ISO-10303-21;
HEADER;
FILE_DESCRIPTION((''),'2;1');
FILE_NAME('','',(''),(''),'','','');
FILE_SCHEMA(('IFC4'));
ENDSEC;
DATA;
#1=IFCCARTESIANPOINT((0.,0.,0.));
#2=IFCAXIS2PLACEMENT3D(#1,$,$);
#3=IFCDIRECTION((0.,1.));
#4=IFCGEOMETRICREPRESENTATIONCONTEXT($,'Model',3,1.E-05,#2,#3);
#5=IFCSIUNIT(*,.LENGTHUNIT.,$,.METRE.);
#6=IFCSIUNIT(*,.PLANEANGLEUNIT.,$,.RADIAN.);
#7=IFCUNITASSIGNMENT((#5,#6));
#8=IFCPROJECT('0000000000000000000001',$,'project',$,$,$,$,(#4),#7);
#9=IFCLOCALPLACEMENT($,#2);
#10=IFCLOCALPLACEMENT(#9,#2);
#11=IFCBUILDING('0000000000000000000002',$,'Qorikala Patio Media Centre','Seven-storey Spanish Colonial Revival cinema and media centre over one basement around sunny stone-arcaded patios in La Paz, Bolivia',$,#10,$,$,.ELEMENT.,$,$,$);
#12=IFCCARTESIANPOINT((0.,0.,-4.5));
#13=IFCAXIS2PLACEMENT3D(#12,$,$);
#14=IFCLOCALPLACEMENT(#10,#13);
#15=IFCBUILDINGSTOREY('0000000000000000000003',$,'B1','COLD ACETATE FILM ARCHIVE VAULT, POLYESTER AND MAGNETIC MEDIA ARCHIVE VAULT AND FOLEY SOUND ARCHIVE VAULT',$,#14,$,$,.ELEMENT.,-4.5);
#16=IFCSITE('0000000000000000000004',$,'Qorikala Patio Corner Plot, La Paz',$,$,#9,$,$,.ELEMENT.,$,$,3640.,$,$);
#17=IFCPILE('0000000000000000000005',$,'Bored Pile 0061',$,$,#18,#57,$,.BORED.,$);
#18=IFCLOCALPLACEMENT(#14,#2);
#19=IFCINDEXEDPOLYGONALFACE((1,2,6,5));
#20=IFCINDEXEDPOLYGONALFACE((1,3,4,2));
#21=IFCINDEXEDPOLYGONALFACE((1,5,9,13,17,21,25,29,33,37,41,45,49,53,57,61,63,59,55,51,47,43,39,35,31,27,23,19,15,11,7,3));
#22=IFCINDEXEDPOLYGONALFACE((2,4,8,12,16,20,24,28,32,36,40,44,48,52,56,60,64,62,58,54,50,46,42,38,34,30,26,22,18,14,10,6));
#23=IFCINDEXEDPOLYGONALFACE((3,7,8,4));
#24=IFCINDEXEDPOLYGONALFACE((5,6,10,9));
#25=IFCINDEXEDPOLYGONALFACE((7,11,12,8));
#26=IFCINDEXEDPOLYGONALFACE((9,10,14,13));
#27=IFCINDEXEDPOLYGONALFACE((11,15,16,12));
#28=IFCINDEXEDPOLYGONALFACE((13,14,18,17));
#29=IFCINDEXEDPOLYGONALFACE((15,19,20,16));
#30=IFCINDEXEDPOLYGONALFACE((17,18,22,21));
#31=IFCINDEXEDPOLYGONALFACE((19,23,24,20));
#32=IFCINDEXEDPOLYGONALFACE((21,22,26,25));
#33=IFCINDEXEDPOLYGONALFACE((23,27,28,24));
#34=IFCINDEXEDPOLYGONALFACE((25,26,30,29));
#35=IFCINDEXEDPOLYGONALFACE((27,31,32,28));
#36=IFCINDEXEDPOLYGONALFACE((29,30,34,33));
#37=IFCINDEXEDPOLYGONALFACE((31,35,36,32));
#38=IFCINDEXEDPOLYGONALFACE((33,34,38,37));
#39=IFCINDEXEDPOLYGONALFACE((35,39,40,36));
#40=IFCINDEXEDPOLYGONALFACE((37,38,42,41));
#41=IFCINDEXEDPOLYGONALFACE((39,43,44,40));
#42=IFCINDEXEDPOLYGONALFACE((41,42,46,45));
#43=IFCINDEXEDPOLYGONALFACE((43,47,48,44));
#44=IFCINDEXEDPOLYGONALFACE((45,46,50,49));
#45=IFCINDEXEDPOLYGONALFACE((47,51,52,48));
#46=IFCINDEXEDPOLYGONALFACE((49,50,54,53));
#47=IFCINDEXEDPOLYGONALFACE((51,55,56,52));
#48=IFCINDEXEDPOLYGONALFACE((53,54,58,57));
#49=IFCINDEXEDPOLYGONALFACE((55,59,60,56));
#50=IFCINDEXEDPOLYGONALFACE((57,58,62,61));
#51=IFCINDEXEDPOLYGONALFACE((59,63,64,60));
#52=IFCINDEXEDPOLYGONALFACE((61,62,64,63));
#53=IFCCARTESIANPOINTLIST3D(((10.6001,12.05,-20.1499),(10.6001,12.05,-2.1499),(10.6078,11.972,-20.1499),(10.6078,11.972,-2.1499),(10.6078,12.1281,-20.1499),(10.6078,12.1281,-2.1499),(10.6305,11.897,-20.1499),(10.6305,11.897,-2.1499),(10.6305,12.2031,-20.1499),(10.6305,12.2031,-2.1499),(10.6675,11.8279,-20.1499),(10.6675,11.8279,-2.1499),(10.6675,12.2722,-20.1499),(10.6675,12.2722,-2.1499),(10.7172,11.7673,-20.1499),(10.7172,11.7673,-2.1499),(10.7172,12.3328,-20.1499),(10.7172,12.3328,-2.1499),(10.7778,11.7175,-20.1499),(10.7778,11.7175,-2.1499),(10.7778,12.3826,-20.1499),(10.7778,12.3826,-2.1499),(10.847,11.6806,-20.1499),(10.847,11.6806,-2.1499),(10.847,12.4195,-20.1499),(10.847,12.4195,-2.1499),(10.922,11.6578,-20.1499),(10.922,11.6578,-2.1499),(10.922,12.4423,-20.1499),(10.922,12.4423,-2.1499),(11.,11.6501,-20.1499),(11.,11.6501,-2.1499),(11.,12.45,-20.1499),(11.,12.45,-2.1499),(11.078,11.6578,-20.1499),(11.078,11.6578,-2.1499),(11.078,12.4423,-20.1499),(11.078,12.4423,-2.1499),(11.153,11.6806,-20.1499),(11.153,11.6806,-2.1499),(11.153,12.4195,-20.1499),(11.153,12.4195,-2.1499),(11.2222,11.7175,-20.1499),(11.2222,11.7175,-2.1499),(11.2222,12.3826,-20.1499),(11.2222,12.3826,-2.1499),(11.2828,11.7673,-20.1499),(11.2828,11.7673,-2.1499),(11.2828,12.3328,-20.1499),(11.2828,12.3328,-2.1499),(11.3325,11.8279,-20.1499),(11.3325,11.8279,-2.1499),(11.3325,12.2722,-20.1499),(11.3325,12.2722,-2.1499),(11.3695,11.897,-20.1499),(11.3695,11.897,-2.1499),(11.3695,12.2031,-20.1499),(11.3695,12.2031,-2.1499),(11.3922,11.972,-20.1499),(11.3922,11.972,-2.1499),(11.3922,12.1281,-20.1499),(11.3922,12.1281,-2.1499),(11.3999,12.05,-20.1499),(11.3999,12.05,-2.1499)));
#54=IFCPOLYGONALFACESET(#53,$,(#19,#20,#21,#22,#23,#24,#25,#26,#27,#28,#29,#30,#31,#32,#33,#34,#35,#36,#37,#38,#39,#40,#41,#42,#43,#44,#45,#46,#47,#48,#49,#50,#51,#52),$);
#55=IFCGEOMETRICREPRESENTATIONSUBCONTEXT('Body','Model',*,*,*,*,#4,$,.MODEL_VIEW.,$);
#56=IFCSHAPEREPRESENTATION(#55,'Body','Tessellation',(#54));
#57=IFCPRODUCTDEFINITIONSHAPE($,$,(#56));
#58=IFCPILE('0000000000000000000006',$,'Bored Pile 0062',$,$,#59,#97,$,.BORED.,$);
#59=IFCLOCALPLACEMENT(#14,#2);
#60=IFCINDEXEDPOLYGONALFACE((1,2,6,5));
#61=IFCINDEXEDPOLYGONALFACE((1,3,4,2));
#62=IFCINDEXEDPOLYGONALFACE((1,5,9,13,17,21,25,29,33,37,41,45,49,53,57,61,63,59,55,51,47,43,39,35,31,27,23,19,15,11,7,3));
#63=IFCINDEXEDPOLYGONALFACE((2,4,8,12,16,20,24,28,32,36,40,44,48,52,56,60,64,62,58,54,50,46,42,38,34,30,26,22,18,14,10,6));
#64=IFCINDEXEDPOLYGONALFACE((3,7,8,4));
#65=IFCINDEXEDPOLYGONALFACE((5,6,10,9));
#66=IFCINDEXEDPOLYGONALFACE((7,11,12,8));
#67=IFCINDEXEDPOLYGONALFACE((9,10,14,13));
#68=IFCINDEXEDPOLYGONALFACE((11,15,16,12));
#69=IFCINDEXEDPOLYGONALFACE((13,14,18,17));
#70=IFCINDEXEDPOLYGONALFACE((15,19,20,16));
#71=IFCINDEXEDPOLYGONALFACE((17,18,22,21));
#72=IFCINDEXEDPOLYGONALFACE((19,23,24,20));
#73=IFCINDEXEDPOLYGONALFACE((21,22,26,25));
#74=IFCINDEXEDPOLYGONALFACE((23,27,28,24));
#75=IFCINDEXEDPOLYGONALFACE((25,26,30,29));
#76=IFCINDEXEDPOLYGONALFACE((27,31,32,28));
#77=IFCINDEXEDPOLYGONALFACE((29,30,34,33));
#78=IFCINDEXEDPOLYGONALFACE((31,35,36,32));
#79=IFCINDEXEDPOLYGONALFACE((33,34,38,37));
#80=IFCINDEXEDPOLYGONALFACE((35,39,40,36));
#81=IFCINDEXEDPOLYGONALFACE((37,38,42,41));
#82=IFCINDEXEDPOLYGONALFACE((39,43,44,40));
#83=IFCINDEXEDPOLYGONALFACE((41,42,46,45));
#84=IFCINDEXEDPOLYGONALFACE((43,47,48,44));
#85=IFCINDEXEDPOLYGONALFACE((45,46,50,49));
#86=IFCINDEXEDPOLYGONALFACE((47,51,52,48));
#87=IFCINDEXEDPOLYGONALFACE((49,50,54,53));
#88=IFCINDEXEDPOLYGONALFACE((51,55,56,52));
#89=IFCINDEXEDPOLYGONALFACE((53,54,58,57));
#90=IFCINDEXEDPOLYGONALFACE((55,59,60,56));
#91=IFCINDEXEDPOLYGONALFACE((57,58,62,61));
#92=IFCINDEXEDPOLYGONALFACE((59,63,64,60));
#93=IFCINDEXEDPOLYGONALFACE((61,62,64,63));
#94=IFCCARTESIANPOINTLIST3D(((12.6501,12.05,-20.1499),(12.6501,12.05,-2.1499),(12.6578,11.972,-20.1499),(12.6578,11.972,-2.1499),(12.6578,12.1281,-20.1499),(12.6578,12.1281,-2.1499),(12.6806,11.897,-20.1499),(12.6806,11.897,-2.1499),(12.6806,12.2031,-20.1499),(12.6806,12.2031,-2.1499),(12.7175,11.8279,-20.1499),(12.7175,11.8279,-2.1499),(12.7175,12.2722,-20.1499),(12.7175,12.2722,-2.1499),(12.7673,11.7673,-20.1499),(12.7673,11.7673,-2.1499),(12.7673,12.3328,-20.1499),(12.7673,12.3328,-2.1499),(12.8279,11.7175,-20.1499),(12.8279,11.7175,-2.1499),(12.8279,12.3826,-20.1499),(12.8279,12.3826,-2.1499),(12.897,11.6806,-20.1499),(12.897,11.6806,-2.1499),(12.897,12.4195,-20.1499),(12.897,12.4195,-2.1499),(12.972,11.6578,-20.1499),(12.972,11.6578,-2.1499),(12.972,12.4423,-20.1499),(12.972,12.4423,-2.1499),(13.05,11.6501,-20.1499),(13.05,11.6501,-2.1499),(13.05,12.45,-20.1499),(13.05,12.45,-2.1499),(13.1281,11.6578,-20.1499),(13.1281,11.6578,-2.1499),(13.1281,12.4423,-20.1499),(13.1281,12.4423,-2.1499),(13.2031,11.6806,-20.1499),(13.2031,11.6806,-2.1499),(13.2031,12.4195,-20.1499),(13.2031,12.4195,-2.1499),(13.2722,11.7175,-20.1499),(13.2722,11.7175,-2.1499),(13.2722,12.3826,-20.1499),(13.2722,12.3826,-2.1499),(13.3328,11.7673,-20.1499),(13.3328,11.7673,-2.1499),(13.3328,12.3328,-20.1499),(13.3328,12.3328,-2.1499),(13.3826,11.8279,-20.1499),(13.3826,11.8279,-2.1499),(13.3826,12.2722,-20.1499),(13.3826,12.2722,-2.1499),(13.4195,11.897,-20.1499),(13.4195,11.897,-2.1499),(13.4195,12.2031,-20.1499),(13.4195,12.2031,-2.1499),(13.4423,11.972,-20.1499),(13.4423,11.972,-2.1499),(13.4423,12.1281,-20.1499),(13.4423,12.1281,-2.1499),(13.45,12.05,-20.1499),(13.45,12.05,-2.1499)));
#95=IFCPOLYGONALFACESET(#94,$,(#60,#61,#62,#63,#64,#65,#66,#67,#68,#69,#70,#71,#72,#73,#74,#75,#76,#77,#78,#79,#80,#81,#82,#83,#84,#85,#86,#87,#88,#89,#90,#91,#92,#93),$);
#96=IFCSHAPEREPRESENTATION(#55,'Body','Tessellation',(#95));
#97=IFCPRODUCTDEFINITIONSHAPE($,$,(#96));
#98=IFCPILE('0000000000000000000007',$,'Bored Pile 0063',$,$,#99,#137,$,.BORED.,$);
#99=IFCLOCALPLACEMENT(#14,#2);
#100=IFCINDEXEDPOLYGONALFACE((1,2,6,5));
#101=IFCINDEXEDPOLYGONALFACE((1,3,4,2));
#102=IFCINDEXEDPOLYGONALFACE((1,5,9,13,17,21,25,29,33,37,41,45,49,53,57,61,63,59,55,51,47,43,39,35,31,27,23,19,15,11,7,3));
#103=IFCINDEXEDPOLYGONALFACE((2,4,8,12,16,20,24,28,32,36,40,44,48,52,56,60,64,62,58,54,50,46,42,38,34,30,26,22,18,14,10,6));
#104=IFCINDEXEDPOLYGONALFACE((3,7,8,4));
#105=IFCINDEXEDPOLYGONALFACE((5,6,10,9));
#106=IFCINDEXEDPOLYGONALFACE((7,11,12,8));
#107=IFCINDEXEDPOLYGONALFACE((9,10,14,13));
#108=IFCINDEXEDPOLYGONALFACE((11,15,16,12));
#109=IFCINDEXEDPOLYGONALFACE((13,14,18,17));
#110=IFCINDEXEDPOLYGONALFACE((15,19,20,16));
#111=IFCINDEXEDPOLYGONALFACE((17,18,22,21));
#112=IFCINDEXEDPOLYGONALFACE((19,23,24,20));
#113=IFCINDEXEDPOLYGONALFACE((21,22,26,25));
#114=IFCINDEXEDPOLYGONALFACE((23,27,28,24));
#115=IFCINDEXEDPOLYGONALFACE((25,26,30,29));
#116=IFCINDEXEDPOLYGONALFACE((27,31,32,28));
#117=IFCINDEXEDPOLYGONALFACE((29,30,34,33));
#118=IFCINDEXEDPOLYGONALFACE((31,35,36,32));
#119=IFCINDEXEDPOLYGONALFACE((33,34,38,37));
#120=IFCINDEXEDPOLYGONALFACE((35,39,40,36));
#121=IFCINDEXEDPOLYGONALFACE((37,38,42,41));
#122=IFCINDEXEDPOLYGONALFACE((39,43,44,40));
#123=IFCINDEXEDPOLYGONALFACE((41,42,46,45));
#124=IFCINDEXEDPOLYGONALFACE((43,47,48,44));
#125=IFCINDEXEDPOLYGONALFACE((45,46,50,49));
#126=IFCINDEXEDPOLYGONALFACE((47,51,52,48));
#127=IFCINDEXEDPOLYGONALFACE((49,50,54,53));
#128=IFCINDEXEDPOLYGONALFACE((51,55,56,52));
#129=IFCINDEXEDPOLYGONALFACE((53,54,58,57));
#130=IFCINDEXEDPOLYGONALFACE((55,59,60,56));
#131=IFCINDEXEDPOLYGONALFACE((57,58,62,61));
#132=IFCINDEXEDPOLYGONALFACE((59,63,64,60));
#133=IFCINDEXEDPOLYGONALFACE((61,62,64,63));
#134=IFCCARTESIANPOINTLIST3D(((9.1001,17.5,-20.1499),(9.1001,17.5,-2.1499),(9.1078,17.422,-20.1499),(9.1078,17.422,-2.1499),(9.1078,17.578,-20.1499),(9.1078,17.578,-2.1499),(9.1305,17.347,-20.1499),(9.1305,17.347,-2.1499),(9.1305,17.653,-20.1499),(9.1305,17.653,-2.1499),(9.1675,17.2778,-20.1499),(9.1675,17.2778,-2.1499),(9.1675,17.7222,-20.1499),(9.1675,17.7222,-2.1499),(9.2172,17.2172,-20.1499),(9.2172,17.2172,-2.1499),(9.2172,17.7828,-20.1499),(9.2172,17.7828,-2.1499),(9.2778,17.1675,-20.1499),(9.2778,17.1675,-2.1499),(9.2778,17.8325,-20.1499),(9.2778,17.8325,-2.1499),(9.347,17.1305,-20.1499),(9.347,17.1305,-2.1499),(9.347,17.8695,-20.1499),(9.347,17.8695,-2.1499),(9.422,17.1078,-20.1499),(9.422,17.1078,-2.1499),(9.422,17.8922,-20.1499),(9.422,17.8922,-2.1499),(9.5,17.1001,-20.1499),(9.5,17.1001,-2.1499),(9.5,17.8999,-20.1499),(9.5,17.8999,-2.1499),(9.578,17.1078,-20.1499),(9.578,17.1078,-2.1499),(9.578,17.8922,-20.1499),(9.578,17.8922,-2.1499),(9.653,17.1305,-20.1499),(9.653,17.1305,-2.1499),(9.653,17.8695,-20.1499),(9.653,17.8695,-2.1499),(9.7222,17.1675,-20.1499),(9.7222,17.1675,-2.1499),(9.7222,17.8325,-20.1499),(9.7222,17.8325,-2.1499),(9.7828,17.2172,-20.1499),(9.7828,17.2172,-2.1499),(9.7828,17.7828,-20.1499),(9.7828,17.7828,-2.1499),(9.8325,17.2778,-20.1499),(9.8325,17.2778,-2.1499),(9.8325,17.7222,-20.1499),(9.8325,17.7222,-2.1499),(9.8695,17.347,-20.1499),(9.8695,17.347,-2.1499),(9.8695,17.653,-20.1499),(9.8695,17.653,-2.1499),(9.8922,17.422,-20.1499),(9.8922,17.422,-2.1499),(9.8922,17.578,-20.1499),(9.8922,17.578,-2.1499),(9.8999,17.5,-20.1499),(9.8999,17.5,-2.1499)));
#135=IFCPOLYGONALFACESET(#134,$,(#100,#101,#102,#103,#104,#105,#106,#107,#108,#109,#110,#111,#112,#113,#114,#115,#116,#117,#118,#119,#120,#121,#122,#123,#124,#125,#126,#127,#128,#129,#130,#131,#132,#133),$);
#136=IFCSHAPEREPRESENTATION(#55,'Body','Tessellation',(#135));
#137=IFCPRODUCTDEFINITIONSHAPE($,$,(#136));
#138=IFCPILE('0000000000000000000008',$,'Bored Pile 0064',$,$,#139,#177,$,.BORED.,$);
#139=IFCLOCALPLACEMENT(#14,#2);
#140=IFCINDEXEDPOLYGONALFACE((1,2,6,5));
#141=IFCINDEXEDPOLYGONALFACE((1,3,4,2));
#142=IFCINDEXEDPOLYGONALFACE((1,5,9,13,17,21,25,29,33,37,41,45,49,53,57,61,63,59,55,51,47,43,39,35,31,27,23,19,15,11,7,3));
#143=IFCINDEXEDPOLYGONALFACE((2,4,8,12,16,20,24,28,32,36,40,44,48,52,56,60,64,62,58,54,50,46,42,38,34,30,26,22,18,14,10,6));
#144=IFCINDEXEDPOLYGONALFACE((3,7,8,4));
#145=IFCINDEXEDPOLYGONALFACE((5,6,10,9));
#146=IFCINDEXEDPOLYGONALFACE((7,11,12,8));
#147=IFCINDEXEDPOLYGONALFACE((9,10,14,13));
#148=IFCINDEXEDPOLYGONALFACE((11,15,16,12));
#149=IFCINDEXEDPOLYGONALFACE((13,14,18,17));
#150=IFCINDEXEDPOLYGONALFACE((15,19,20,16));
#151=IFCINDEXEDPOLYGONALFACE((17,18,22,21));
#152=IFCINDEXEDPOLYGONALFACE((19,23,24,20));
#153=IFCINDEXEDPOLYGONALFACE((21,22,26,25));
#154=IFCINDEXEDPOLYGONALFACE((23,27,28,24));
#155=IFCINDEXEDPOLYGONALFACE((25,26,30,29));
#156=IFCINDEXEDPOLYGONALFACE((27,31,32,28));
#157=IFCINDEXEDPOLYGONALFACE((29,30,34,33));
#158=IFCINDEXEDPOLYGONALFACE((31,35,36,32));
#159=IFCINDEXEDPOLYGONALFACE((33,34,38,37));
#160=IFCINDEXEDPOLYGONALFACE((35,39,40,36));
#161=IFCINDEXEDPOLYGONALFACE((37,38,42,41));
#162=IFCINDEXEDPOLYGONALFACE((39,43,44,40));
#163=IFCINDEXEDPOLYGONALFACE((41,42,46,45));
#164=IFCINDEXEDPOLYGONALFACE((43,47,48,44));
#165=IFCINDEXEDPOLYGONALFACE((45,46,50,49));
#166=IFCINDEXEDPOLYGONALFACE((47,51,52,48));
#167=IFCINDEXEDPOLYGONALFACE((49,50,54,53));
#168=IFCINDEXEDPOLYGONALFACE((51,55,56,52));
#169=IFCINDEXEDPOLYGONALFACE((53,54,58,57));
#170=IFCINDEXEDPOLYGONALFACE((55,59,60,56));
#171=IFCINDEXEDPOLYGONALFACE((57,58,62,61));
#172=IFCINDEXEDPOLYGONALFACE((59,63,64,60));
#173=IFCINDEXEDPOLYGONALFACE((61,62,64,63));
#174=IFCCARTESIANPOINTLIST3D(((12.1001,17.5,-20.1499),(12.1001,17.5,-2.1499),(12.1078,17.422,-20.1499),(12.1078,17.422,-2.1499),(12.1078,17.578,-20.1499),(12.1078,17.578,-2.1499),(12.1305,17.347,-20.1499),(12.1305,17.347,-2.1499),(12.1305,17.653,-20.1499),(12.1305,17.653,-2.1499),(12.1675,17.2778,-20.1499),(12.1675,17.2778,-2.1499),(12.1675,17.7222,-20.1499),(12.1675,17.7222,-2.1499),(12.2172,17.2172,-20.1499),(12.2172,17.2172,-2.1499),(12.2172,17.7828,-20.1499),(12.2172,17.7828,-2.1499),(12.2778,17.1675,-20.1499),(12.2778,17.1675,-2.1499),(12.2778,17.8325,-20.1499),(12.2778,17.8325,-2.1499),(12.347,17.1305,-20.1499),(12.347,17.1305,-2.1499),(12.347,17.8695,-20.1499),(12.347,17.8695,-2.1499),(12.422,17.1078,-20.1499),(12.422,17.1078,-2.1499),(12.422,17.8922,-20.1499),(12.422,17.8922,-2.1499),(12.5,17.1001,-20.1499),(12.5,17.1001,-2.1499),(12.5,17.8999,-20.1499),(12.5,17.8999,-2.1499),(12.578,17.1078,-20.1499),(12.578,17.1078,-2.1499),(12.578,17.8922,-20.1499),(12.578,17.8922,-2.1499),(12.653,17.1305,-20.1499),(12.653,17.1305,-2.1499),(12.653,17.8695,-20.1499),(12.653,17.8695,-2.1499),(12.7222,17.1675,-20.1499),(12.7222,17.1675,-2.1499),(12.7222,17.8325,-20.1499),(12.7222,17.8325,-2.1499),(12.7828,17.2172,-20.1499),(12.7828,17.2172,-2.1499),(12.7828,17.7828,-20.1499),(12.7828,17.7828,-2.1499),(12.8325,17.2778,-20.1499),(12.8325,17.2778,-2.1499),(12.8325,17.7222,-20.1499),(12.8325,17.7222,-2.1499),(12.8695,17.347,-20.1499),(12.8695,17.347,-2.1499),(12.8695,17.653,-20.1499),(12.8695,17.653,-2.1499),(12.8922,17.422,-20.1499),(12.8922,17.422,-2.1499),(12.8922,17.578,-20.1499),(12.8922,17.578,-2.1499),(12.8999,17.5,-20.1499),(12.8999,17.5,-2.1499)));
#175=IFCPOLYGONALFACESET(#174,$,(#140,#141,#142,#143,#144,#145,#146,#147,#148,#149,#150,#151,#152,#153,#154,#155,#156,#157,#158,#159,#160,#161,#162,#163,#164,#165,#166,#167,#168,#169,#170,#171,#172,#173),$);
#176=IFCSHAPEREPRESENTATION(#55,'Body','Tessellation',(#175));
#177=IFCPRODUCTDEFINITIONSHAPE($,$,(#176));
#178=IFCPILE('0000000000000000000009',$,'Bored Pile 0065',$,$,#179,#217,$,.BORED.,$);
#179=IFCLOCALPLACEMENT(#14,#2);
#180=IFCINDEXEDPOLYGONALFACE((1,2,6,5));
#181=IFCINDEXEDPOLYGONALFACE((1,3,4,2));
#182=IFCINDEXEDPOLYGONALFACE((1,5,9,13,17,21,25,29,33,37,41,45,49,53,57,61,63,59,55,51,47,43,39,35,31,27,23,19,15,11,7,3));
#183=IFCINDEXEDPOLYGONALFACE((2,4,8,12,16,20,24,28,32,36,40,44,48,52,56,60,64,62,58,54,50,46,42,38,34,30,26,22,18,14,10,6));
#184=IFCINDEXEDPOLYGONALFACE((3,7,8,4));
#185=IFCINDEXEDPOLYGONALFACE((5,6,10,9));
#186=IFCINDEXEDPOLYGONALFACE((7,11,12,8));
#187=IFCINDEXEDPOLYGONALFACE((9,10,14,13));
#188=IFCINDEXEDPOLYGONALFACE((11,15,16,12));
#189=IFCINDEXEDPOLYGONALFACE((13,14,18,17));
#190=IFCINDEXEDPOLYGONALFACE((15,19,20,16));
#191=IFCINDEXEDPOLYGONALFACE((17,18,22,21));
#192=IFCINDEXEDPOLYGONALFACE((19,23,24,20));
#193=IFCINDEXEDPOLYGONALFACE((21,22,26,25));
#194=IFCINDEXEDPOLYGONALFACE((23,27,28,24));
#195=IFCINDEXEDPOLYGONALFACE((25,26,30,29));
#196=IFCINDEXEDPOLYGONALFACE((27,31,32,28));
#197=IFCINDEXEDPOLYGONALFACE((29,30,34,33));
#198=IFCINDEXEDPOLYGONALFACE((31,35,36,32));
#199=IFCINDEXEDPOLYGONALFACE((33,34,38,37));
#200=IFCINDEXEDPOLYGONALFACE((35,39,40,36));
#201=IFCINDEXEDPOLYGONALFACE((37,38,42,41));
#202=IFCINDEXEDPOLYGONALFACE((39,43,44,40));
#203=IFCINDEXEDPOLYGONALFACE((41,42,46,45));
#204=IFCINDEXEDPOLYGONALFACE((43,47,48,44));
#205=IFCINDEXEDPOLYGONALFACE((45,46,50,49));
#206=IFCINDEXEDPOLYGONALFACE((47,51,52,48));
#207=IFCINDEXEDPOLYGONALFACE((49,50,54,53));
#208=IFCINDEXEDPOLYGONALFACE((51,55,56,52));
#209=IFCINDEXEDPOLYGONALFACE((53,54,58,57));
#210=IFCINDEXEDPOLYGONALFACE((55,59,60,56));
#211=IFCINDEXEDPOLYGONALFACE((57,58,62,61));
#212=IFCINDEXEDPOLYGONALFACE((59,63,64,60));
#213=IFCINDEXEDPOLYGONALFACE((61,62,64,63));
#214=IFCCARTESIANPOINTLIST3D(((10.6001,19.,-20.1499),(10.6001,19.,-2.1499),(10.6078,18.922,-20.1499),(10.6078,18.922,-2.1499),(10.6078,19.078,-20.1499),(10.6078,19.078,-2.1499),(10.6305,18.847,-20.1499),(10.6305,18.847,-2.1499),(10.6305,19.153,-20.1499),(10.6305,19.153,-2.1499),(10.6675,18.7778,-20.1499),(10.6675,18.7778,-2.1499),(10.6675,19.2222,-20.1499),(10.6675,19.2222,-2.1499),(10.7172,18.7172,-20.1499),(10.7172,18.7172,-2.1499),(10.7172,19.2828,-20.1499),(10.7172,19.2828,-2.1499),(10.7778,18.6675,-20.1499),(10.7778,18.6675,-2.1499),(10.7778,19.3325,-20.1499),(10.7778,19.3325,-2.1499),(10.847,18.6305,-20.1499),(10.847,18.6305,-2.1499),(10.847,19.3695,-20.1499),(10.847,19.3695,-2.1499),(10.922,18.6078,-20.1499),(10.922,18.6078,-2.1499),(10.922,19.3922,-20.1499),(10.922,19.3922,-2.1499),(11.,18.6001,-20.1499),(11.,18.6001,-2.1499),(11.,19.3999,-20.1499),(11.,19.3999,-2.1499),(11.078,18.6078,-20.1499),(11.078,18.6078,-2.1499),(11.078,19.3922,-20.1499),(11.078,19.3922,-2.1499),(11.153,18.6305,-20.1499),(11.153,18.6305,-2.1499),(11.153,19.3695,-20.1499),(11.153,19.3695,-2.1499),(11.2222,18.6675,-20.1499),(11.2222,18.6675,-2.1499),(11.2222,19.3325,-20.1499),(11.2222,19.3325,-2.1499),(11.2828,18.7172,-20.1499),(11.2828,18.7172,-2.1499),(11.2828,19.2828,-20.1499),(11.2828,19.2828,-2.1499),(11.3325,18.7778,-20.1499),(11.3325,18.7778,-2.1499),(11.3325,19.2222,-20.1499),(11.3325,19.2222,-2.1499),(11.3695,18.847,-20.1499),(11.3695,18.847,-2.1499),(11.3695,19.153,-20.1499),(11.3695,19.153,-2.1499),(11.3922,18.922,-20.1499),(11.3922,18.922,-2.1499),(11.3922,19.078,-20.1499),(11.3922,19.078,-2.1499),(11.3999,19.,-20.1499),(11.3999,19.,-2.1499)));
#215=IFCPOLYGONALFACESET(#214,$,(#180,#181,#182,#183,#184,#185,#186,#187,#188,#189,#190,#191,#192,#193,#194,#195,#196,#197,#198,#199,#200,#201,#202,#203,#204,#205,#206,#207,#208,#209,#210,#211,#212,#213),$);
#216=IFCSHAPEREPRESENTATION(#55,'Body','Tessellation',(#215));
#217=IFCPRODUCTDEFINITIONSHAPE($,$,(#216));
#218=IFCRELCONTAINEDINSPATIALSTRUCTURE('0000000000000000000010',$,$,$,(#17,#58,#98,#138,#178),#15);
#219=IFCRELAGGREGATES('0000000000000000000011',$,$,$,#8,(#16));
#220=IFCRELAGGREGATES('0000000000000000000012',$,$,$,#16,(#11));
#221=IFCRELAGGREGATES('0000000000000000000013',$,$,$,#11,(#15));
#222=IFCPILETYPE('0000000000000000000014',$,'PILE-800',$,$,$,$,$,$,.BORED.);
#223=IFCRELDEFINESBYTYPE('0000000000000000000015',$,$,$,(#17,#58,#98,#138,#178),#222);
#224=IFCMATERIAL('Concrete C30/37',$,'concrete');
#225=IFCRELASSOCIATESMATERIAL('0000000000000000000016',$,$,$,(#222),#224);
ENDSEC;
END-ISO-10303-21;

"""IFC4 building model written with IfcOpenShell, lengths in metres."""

from ifc_helpers import new_model, si_unit, direction, frame, origin, origin_2d, place, context, subcontext, project, spatial, circle, extrude, material, material_profile, profile_set, type_object, element, save


model = new_model("IFC4")

# Units and contexts
model_context = context("Model", 3, precision=1e-05, world=origin(), true_north=direction((0.0, 1.0)))
body_context = subcontext(model_context, "Body", "Model", "MODEL_VIEW")
ifc_project = project(units=[si_unit("LENGTHUNIT", "METRE"), si_unit("PLANEANGLEUNIT", "RADIAN")], contexts=[model_context])

# Site, building, storey
site_placement = place(None, origin())
site = spatial("IfcSite", under=ifc_project, at=site_placement, Name="Qorikala Patio Corner Plot, La Paz", CompositionType="ELEMENT", RefElevation=3640.0)
building_placement = place(site_placement, origin())
building = spatial("IfcBuilding", under=site, at=building_placement, Name="Qorikala Patio Media Centre", Description="Seven-storey Spanish Colonial Revival cinema and media centre over one basement around sunny stone-arcaded patios in La Paz, Bolivia", CompositionType="ELEMENT")
storey_placement = place(building_placement, frame((0.0, 0.0, -4.5)))
storey = spatial("IfcBuildingStorey", under=building, at=storey_placement, Name="B1", Description="COLD ACETATE FILM ARCHIVE VAULT, POLYESTER AND MAGNETIC MEDIA ARCHIVE VAULT AND FOLEY SOUND ARCHIVE VAULT", CompositionType="ELEMENT", Elevation=-4.5)

# Shared definitions
ifc_material_1 = material(Name="Concrete C30/37", Category="concrete")

# Piles
ifc_material_profile_1 = material_profile(ifc_material_1, circle(Radius=0.3999, at=origin_2d()), Name="BORED PILE 800")
ifc_profile_set_1 = profile_set([ifc_material_profile_1], Name="Concrete C30/37")
pile_type = type_object("IfcPileType", Name="PILE-800", PredefinedType="BORED", material=ifc_profile_set_1)
for number, where, z_axis, x_axis, name in (
    (1, (11.0, 12.05, -2.1499), (0.0, 0.0, -1.0), (1.0, 0.0, 0.0), "Bored Pile 0061"),
    (2, (13.05, 12.05, -2.1499), (0.0, 0.0, -1.0), (1.0, 0.0, 0.0), "Bored Pile 0062"),
    (3, (9.5, 17.5, -2.1499), (0.0, 0.0, -1.0), (1.0, 0.0, 0.0), "Bored Pile 0063"),
    (4, (12.5, 17.5, -2.1499), (0.0, 0.0, -1.0), (1.0, 0.0, 0.0), "Bored Pile 0064"),
    (5, (11.0, 19.0, -2.1499), (0.0, 0.0, -1.0), (1.0, 0.0, 0.0), "Bored Pile 0065"),
):
    element("IfcPile", number, at=place(storey_placement, frame(where, z_axis=z_axis, x_axis=x_axis)), inside=storey, type_object=pile_type, Name=name, PredefinedType="BORED", context=body_context, shape_type="SweptSolid", body=[
        extrude(circle(Radius=0.3999, at=origin_2d()), origin(), (0.0, 0.0, 1.0), 18.0),
    ])

save(model, "model.ifc")
